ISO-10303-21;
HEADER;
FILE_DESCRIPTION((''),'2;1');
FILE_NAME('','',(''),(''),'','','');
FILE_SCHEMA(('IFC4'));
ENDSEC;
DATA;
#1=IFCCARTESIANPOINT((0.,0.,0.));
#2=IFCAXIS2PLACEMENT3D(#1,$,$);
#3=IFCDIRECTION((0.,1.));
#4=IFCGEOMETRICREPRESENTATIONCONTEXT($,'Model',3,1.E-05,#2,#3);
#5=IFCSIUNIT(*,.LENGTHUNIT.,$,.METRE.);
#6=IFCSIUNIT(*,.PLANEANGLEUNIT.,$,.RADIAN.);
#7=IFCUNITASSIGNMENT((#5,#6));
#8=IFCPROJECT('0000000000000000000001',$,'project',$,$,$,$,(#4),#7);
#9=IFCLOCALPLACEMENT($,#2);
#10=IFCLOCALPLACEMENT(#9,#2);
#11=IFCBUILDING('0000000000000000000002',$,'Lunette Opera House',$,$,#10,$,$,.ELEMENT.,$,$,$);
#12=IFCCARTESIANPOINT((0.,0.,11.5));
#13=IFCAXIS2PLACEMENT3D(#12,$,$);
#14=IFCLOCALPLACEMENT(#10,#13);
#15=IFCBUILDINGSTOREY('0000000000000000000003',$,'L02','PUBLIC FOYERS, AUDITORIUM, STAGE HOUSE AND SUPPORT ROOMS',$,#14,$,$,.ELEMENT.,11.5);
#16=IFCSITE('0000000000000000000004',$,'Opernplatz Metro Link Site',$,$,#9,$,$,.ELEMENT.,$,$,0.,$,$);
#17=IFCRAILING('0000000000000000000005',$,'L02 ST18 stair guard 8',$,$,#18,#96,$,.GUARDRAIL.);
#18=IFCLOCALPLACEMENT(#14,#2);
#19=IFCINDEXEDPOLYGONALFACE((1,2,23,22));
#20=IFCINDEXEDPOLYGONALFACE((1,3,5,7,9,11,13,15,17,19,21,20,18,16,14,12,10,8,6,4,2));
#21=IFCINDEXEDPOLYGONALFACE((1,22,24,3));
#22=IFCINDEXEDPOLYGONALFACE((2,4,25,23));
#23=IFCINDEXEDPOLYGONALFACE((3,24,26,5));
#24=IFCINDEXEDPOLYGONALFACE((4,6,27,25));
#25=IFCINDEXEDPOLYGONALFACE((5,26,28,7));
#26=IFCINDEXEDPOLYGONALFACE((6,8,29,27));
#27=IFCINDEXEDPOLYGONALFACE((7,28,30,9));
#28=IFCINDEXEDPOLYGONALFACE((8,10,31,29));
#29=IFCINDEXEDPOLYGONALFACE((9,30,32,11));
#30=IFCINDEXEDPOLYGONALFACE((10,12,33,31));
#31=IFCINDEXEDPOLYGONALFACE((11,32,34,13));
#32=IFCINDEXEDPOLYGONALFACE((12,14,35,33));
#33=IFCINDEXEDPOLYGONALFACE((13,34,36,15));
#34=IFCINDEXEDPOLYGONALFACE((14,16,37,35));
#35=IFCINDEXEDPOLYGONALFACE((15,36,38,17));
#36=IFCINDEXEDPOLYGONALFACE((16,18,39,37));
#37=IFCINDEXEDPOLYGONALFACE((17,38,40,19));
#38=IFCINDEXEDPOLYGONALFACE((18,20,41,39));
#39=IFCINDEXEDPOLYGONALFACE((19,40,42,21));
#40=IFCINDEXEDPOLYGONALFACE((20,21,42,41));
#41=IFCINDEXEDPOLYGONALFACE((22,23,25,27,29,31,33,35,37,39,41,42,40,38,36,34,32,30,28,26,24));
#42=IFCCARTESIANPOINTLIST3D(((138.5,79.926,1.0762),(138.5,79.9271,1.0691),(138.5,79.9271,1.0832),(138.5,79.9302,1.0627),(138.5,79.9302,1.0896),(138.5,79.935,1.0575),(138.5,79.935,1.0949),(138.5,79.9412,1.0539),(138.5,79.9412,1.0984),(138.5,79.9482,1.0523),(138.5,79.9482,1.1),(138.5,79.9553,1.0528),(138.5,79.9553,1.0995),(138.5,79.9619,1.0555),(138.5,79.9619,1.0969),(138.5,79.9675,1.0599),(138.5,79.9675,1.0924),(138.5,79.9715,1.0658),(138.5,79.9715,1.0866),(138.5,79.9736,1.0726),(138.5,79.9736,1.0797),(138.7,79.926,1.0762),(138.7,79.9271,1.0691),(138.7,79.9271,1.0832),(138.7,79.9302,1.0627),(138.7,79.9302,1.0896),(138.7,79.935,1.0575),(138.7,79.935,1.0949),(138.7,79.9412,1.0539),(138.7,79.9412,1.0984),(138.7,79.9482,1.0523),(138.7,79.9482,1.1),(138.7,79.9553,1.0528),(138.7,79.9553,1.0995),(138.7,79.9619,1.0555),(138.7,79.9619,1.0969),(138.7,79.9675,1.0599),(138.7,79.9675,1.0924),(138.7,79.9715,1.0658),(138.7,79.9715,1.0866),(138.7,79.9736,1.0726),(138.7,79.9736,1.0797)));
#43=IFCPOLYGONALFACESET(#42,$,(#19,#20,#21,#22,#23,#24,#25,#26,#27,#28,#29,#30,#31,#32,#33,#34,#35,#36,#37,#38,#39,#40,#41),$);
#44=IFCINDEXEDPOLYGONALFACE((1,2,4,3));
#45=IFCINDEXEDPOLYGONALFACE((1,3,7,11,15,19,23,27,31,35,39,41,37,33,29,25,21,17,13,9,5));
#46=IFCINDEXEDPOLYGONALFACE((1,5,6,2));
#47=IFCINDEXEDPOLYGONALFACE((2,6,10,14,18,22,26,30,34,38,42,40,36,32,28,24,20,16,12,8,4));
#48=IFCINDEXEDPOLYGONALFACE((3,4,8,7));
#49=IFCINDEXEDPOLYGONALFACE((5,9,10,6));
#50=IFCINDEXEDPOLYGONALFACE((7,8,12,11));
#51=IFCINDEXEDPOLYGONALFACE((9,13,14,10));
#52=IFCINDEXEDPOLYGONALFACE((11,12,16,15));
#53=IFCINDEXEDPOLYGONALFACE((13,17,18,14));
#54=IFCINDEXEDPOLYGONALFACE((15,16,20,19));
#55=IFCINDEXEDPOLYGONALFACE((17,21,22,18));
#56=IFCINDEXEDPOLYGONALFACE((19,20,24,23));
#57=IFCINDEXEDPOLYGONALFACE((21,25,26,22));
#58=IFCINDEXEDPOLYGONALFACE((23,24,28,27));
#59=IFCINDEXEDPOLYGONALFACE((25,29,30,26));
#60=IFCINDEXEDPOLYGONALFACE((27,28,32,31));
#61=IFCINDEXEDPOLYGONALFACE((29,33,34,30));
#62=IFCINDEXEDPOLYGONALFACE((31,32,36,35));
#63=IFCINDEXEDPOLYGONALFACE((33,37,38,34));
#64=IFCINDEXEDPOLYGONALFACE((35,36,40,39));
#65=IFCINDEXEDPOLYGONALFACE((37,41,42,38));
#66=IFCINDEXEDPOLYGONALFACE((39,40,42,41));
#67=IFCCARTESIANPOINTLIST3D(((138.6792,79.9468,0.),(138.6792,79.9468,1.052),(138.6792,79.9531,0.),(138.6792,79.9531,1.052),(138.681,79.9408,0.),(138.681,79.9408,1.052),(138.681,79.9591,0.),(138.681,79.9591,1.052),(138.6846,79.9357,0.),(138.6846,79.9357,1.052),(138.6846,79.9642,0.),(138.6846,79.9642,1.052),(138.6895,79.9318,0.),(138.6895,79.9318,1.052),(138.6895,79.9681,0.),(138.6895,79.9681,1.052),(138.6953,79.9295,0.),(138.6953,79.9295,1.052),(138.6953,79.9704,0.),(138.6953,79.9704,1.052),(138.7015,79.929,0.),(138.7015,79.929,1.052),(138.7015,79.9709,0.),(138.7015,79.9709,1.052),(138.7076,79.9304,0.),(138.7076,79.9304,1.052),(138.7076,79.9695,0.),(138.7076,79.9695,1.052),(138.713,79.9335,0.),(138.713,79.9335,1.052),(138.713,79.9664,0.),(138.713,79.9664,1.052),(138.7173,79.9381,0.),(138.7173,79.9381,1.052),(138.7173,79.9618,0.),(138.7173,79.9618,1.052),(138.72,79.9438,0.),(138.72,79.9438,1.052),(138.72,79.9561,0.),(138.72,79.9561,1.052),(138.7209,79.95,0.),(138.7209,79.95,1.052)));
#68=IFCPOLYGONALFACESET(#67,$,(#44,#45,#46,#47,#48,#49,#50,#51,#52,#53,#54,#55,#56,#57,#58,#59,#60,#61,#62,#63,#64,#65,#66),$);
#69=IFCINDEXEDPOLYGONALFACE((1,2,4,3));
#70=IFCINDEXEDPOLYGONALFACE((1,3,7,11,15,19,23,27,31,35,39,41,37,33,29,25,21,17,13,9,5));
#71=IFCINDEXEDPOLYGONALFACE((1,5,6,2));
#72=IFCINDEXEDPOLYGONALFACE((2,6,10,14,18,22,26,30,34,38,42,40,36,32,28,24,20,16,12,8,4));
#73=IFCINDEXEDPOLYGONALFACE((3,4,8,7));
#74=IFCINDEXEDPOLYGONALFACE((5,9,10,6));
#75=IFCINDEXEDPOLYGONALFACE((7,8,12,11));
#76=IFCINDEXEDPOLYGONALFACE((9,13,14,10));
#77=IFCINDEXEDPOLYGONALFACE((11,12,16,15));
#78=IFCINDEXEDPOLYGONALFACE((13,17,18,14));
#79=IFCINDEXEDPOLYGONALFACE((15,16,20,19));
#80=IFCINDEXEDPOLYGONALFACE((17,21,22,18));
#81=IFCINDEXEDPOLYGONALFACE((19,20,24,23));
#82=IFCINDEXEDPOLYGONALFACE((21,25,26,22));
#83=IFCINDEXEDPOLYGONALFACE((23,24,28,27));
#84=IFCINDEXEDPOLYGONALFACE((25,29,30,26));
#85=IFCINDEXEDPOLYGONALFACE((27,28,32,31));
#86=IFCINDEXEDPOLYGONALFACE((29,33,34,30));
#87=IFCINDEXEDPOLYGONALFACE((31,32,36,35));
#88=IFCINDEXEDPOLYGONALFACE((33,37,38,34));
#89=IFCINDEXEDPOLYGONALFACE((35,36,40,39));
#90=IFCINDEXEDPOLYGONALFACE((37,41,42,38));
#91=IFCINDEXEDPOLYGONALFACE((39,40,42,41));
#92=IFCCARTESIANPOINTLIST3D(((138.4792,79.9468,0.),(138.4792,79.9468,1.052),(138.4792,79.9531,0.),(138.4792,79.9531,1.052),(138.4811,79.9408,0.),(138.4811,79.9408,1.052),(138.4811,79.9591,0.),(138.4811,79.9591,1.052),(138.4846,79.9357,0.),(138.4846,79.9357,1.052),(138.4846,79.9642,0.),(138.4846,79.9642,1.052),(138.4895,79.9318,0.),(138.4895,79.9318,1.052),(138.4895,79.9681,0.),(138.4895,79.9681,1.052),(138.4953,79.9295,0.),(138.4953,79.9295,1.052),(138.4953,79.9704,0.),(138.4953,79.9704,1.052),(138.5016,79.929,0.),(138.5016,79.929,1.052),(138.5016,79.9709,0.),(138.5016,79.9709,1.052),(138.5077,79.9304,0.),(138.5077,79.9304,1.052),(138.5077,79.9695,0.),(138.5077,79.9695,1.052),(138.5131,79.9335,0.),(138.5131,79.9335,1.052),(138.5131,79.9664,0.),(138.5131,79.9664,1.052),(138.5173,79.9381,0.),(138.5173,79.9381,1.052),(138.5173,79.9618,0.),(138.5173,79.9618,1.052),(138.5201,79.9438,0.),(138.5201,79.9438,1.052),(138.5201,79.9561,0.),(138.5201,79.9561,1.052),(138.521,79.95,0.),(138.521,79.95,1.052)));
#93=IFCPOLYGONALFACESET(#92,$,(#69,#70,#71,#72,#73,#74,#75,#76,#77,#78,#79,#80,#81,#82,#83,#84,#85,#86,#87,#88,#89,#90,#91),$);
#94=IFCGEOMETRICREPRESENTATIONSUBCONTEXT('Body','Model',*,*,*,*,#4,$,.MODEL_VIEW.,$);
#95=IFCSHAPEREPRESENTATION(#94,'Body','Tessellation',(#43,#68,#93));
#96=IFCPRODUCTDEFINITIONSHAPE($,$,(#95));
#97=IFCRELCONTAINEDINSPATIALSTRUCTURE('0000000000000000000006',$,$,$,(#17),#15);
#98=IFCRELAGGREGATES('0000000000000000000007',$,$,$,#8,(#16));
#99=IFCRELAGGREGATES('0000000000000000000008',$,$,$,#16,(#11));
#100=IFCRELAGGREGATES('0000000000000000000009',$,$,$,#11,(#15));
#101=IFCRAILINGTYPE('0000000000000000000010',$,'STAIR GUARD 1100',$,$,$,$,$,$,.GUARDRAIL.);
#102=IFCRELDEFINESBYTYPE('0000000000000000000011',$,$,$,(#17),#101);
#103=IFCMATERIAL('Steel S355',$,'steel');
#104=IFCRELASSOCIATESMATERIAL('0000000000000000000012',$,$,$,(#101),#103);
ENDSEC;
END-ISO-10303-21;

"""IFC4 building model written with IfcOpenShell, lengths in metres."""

from ifc_helpers import new_model, si_unit, direction, frame, origin, origin_2d, place, context, subcontext, project, spatial, circle, extrude, material, type_object, element, save


model = new_model("IFC4")

# Units and contexts
model_context = context("Model", 3, precision=1e-05, world=origin(), true_north=direction((0.0, 1.0)))
body_context = subcontext(model_context, "Body", "Model", "MODEL_VIEW")
ifc_project = project(units=[si_unit("LENGTHUNIT", "METRE"), si_unit("PLANEANGLEUNIT", "RADIAN")], contexts=[model_context])

# Site, building, storey
site_placement = place(None, origin())
site = spatial("IfcSite", under=ifc_project, at=site_placement, Name="Opernplatz Metro Link Site", CompositionType="ELEMENT", RefElevation=0.0)
building_placement = place(site_placement, origin())
building = spatial("IfcBuilding", under=site, at=building_placement, Name="Lunette Opera House", CompositionType="ELEMENT")
storey_placement = place(building_placement, frame((0.0, 0.0, 11.5)))
storey = spatial("IfcBuildingStorey", under=building, at=storey_placement, Name="L02", Description="PUBLIC FOYERS, AUDITORIUM, STAGE HOUSE AND SUPPORT ROOMS", CompositionType="ELEMENT", Elevation=11.5)

# Railing
ifc_material_1 = material(Name="Steel S355", Category="steel")
railing_type_1 = type_object("IfcRailingType", Name="STAIR GUARD 1100", PredefinedType="GUARDRAIL", material=ifc_material_1)
railing_1_placement = place(storey_placement, frame((138.7, 79.95, 0.0)))
element("IfcRailing", 1, at=railing_1_placement, inside=storey, type_object=railing_type_1, Name="L02 ST18 stair guard 8", PredefinedType="GUARDRAIL", context=body_context, shape_type="SweptSolid", body=[
    extrude(circle(Radius=0.0239, at=origin_2d()), frame((0.0, 0.0, 1.0762), z_axis=(-1.0, 0.0, 0.0), x_axis=(0.0, -1.0, 0.0)), (0.0, 0.0, 1.0), 0.2),
    extrude(circle(Radius=0.021, at=origin_2d()), origin(), (0.0, 0.0, 1.0), 1.052),
    extrude(circle(Radius=0.021, at=origin_2d()), frame((-0.2, 0.0, 0.0)), (0.0, 0.0, 1.0), 1.052),
])

save(model, "model.ifc")
